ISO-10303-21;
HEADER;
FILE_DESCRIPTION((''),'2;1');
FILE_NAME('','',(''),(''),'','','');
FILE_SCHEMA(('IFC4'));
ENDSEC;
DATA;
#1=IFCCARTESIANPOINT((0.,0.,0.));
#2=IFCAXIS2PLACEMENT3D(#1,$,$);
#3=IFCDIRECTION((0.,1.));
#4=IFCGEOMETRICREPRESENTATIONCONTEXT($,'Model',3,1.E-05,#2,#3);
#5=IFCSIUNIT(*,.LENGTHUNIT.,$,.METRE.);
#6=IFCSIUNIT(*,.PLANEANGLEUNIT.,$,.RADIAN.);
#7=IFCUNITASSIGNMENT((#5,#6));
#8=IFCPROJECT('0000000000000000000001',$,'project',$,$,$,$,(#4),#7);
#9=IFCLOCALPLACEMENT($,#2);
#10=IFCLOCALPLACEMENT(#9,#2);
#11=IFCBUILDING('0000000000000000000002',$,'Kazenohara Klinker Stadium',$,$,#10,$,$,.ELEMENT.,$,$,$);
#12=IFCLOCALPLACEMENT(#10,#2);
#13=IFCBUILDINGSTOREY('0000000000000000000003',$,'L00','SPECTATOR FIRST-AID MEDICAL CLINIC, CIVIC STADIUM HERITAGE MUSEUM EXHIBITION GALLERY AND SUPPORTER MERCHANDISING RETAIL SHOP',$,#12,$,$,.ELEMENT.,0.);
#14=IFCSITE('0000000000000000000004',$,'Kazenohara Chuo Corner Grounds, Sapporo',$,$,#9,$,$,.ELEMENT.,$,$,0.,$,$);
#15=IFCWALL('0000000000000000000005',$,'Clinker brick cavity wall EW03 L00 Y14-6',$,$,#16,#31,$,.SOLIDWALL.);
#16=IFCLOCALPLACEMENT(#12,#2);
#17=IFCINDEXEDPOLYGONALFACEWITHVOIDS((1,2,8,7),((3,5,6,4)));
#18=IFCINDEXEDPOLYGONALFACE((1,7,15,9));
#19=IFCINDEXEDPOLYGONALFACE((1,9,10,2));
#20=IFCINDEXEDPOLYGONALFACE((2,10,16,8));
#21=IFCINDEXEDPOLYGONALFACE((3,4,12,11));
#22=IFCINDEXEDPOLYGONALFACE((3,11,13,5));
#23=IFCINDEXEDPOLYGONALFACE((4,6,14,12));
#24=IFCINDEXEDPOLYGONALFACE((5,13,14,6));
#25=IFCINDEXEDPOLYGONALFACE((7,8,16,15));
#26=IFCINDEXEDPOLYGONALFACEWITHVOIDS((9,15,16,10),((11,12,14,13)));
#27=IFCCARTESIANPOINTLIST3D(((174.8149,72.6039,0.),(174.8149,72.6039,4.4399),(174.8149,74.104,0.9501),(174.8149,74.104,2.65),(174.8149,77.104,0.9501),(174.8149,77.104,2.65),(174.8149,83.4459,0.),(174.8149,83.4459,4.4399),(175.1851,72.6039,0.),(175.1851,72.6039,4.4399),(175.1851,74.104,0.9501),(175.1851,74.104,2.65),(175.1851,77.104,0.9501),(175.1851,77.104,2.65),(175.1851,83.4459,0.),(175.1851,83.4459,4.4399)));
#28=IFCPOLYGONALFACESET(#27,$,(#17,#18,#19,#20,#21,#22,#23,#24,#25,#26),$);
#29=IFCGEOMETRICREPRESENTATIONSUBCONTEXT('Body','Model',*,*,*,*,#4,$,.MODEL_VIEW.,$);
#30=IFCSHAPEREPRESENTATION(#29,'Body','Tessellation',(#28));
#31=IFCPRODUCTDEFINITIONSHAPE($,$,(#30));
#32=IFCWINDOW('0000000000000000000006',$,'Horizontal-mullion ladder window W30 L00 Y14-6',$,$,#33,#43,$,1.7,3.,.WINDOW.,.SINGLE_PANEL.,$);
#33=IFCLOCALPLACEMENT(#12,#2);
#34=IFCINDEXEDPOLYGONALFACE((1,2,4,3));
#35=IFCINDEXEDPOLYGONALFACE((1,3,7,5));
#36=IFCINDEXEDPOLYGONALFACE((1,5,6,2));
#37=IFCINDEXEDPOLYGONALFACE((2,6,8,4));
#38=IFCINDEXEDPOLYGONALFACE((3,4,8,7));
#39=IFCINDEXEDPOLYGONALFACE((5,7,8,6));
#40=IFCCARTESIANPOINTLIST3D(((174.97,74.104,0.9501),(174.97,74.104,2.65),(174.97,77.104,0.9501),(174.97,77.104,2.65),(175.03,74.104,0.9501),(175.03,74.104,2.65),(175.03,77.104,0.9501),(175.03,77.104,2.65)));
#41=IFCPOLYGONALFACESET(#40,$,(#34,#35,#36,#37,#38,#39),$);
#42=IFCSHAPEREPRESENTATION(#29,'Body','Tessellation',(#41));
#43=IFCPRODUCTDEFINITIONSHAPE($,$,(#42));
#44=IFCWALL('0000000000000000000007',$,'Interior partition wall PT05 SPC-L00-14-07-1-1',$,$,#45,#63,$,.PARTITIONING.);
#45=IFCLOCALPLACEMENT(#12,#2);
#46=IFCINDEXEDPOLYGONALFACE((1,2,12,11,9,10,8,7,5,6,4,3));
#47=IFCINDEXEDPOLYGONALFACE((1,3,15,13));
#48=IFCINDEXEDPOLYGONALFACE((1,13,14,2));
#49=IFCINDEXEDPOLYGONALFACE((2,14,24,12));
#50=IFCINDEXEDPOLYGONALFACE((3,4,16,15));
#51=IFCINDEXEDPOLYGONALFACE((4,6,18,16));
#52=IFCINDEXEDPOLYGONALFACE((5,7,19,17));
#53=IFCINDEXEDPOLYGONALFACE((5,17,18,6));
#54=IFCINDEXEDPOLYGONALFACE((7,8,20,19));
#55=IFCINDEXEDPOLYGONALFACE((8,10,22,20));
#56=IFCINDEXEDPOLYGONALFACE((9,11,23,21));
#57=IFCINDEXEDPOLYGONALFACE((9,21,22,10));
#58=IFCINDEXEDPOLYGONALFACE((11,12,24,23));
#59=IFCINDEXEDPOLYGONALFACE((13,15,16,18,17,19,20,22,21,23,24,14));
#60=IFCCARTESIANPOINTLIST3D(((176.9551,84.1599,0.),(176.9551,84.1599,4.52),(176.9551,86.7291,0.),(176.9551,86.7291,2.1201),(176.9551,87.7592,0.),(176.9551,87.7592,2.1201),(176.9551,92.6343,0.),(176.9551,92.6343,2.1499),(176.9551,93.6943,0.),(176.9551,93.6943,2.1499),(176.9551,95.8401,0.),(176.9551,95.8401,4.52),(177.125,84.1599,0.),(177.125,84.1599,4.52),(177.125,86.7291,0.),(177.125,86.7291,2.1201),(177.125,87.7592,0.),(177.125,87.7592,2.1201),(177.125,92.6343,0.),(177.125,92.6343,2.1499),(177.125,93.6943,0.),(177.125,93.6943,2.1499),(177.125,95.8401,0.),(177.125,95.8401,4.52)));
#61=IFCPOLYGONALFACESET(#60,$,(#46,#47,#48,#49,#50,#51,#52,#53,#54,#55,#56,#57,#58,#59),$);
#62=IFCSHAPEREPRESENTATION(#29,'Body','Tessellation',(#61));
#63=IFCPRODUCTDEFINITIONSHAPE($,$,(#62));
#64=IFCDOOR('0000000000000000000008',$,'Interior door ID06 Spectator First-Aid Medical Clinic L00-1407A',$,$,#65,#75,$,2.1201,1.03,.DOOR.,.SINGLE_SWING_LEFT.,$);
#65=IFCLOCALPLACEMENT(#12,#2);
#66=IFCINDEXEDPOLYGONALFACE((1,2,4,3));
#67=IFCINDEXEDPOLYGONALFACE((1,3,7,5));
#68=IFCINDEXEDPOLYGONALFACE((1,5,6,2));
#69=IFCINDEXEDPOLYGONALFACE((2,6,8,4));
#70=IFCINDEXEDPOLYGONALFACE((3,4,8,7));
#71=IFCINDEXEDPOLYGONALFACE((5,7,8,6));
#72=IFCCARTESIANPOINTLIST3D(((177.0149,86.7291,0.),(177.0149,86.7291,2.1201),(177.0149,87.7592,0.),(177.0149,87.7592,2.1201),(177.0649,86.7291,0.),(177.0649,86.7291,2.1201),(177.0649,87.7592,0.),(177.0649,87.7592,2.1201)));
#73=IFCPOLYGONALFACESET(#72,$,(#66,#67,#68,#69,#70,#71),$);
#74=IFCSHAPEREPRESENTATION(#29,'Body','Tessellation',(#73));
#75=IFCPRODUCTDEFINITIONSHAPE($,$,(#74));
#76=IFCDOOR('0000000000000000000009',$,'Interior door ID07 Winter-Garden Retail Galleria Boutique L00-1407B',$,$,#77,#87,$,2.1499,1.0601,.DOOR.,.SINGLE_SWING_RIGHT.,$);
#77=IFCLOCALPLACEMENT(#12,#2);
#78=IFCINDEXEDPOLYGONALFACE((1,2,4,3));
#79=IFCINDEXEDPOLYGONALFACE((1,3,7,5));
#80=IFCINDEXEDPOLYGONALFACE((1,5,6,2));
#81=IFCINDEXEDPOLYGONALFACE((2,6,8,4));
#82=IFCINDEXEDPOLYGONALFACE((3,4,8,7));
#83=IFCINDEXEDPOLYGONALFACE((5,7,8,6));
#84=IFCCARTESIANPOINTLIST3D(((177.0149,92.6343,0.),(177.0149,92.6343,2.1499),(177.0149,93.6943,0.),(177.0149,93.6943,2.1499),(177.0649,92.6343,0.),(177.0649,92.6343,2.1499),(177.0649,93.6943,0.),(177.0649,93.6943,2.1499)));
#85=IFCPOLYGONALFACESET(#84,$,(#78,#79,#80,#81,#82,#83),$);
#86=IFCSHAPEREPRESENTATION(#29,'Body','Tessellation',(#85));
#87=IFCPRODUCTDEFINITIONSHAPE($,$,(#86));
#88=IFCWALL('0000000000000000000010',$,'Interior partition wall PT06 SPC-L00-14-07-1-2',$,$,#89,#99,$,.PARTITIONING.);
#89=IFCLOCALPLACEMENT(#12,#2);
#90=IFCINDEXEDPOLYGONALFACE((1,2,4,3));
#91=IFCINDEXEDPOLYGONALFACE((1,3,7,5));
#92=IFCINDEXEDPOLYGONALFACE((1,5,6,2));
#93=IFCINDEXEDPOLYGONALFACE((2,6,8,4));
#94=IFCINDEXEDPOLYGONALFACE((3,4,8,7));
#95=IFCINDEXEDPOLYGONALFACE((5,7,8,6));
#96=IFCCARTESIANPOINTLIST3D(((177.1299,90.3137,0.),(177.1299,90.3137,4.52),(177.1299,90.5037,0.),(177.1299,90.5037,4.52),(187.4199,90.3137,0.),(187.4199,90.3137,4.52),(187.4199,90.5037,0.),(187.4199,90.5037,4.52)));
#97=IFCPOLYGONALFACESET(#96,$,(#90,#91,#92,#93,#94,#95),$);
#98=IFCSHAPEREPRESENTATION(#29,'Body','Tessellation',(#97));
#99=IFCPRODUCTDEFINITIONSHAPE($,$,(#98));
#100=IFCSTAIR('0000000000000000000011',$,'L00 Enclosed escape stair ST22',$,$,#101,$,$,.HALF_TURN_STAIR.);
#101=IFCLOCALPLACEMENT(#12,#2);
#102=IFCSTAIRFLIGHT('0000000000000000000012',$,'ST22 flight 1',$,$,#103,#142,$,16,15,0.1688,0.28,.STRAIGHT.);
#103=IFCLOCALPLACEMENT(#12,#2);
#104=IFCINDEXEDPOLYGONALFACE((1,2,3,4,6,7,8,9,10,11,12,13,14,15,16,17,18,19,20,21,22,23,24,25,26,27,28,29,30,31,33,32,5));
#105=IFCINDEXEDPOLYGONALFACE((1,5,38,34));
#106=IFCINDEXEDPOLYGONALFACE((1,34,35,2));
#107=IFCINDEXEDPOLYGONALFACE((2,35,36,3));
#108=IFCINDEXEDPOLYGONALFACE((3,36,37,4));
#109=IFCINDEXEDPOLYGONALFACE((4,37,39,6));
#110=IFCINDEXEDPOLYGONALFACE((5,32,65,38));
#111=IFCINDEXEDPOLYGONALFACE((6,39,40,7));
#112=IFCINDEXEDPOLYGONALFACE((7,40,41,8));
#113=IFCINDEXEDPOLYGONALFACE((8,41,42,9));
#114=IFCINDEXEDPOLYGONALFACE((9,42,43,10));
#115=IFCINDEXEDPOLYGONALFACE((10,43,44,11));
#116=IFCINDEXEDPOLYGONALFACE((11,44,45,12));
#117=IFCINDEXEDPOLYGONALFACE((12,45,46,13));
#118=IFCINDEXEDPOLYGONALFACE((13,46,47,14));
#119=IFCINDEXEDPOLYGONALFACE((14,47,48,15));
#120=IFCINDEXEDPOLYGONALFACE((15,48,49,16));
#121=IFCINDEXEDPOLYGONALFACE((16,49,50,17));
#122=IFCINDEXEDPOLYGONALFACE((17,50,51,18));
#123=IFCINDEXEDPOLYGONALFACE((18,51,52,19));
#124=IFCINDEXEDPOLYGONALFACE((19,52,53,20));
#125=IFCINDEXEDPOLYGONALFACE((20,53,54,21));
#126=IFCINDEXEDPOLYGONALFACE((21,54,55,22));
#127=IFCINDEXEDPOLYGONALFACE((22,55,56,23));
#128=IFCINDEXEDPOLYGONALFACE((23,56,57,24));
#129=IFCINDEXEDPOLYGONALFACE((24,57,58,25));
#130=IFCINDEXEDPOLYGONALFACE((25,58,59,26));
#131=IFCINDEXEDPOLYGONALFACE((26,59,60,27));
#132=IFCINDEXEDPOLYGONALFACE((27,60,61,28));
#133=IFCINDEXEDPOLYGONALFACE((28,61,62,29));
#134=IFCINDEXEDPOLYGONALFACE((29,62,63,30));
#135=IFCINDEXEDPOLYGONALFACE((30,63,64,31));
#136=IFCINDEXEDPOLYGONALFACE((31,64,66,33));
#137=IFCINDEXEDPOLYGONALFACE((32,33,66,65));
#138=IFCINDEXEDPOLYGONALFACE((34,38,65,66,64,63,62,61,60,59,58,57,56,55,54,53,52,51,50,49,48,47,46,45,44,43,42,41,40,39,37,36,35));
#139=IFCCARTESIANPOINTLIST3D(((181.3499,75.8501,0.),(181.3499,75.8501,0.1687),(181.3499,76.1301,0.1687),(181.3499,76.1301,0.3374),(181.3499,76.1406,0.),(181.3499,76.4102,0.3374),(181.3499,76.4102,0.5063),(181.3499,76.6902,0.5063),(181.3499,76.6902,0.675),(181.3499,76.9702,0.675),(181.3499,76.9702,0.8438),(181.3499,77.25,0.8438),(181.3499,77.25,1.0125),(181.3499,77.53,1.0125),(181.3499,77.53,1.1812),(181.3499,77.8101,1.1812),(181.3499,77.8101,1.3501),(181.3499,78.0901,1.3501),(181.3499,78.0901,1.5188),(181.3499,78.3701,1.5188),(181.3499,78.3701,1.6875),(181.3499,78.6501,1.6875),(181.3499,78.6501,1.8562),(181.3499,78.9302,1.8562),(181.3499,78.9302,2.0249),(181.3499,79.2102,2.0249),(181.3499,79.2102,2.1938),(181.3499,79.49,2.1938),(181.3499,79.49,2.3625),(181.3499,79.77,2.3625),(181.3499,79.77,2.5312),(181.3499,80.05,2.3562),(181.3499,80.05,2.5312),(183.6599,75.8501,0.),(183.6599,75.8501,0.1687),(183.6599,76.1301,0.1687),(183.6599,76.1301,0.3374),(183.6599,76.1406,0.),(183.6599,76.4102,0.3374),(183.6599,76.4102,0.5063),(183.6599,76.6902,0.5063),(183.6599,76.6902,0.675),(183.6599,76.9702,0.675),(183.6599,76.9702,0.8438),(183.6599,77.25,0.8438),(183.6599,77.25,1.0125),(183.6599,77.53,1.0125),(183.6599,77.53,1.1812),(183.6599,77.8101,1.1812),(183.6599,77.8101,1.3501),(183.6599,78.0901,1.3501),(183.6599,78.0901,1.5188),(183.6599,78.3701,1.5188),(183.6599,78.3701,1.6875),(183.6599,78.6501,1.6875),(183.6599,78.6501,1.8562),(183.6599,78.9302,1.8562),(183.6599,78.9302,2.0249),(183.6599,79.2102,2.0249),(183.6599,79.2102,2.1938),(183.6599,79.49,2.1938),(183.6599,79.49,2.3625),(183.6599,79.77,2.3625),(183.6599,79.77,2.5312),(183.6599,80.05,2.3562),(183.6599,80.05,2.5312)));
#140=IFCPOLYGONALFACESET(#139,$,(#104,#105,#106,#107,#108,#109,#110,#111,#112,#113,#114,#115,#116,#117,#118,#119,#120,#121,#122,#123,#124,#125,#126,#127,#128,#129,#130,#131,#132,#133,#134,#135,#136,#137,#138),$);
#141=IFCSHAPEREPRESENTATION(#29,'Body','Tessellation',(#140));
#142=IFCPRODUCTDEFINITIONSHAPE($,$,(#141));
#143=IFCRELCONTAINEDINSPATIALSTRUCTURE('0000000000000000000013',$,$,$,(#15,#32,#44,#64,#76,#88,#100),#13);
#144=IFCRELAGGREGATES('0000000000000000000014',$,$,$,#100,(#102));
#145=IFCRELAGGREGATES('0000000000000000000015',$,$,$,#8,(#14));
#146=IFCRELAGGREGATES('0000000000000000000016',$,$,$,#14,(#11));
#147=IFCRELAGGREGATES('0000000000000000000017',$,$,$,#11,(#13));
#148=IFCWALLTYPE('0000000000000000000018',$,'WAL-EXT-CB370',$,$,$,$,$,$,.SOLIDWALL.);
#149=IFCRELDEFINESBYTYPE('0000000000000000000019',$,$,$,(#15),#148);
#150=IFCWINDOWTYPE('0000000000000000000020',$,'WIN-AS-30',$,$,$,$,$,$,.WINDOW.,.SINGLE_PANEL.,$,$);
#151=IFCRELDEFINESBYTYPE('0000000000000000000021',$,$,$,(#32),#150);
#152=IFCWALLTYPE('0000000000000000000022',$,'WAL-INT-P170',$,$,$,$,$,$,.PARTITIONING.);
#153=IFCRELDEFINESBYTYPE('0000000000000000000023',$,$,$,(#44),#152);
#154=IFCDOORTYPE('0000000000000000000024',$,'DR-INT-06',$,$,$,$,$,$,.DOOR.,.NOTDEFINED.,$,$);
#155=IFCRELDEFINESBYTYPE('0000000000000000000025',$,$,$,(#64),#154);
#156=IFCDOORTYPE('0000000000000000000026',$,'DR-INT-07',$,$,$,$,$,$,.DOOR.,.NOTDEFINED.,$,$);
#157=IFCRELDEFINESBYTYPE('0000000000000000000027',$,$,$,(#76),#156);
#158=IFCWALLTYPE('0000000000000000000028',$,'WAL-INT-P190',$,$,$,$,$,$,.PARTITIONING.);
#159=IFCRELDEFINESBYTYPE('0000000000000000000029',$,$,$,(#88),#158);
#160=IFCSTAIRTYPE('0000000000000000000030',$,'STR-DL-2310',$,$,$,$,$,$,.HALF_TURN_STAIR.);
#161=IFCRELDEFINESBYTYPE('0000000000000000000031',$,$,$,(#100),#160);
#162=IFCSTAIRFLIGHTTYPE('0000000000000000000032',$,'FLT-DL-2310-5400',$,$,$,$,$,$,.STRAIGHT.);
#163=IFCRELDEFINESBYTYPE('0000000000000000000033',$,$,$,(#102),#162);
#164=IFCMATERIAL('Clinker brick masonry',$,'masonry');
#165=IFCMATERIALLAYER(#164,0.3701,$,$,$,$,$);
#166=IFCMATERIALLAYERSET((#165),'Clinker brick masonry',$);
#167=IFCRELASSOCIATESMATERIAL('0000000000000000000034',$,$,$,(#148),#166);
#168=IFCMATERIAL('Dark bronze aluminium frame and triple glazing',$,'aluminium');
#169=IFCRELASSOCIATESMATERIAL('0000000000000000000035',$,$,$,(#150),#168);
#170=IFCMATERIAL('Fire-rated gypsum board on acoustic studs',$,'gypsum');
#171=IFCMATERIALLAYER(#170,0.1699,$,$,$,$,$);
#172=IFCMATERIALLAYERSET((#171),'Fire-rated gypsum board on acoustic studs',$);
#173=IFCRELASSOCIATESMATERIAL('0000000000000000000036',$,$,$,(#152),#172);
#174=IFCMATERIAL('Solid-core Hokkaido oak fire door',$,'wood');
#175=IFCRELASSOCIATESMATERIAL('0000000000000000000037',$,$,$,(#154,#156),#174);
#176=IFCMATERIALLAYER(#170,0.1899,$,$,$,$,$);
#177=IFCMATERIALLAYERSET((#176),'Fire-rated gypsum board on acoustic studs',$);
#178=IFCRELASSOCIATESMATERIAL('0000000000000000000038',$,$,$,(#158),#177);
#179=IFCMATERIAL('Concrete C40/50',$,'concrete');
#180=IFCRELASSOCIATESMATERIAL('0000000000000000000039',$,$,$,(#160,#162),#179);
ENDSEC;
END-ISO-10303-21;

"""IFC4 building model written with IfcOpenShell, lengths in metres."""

from ifc_helpers import new_model, si_unit, direction, frame, frame_2d, origin, place, context, subcontext, project, spatial, polyline, rectangle, outline, extrude, material, layer, layer_set, type_object, element, fill, aggregate, save


model = new_model("IFC4")

# Units and contexts
model_context = context("Model", 3, precision=1e-05, world=origin(), true_north=direction((0.0, 1.0)))
body_context = subcontext(model_context, "Body", "Model", "MODEL_VIEW")
ifc_project = project(units=[si_unit("LENGTHUNIT", "METRE"), si_unit("PLANEANGLEUNIT", "RADIAN")], contexts=[model_context])

# Site, building, storey
site_placement = place(None, origin())
site = spatial("IfcSite", under=ifc_project, at=site_placement, Name="Kazenohara Chuo Corner Grounds, Sapporo", CompositionType="ELEMENT", RefElevation=0.0)
building_placement = place(site_placement, origin())
building = spatial("IfcBuilding", under=site, at=building_placement, Name="Kazenohara Klinker Stadium", CompositionType="ELEMENT")
storey_placement = place(building_placement, origin())
storey = spatial("IfcBuildingStorey", under=building, at=storey_placement, Name="L00", Description="SPECTATOR FIRST-AID MEDICAL CLINIC, CIVIC STADIUM HERITAGE MUSEUM EXHIBITION GALLERY AND SUPPORTER MERCHANDISING RETAIL SHOP", CompositionType="ELEMENT", Elevation=0.0)

# Shared definitions
ifc_material_1 = material(Name="Concrete C40/50", Category="concrete")

# Wall, opening, window
ifc_material_2 = material(Name="Clinker brick masonry", Category="masonry")
ifc_material_3 = material(Name="Dark bronze aluminium frame and triple glazing", Category="aluminium")
ifc_layer_1 = layer(ifc_material_2, 0.3701)
ifc_layer_set_1 = layer_set([ifc_layer_1], Name="Clinker brick masonry")
wall_type_1 = type_object("IfcWallType", Name="WAL-EXT-CB370", PredefinedType="SOLIDWALL", material=ifc_layer_set_1)
wall_1_placement = place(storey_placement, frame((175.0, 72.604, 0.0), z_axis=(0.0, 0.0, 1.0), x_axis=(0.0, 1.0, 0.0)))
wall_1 = element("IfcWall", 1, at=wall_1_placement, inside=storey, type_object=wall_type_1, Name="Clinker brick cavity wall EW03 L00 Y14-6", PredefinedType="SOLIDWALL", context=body_context, shape_type="SweptSolid", body=[
    extrude(rectangle(XDim=10.842, YDim=0.3701, at=frame_2d((5.4209, 0.0))), origin(), (0.0, 0.0, 1.0), 4.4399),
])
opening_1_placement = place(wall_1_placement, frame((1.5, 0.0, 0.95)))
opening_1 = element("IfcOpeningElement", 2, at=opening_1_placement, cuts=wall_1, PredefinedType="OPENING", context=body_context, shape_type="SweptSolid", body=[
    extrude(rectangle(XDim=3.0, YDim=1.7, at=frame_2d((1.5, 0.8501))), frame((0.0, 0.1951, 0.0), z_axis=(0.0, -1.0, 0.0), x_axis=(1.0, 0.0, 0.0)), (0.0, 0.0, 1.0), 0.3901),
])
window_type_1 = type_object("IfcWindowType", Name="WIN-AS-30", PartitioningType="SINGLE_PANEL", PredefinedType="WINDOW", material=ifc_material_3)
window_1_placement = place(opening_1_placement, origin())
window_1 = element("IfcWindow", 3, at=window_1_placement, inside=storey, type_object=window_type_1, Name="Horizontal-mullion ladder window W30 L00 Y14-6", OverallHeight=1.7, OverallWidth=3.0, PartitioningType="SINGLE_PANEL", PredefinedType="WINDOW", context=body_context, shape_type="SweptSolid", body=[
    extrude(rectangle(XDim=3.0, YDim=1.7, at=frame_2d((1.5, 0.8501))), frame((0.0, 0.03, 0.0), z_axis=(0.0, -1.0, 0.0), x_axis=(1.0, 0.0, 0.0)), (0.0, 0.0, 1.0), 0.0601),
])
fill(opening_1, window_1)

# Wall, openings, doors
ifc_material_4 = material(Name="Fire-rated gypsum board on acoustic studs", Category="gypsum")
ifc_layer_2 = layer(ifc_material_4, 0.1699)
ifc_layer_set_2 = layer_set([ifc_layer_2], Name="Fire-rated gypsum board on acoustic studs")
wall_type_2 = type_object("IfcWallType", Name="WAL-INT-P170", PredefinedType="PARTITIONING", material=ifc_layer_set_2)
wall_2_placement = place(storey_placement, frame((177.04, 84.1599, 0.0), z_axis=(0.0, 0.0, 1.0), x_axis=(0.0, 1.0, 0.0)))
wall_2 = element("IfcWall", 4, at=wall_2_placement, inside=storey, type_object=wall_type_2, Name="Interior partition wall PT05 SPC-L00-14-07-1-1", PredefinedType="PARTITIONING", context=body_context, shape_type="SweptSolid", body=[
    extrude(rectangle(XDim=11.6802, YDim=0.1699, at=frame_2d((5.8401, 0.0))), origin(), (0.0, 0.0, 1.0), 4.52),
])
opening_2_placement = place(wall_2_placement, frame((3.5994, 0.0, 0.0), z_axis=(0.0, 0.0, 1.0), x_axis=(-1.0, 0.0, 0.0)))
opening_2 = element("IfcOpeningElement", 5, at=opening_2_placement, cuts=wall_2, PredefinedType="OPENING", context=body_context, shape_type="SweptSolid", body=[
    extrude(rectangle(XDim=1.03, YDim=2.1201, at=frame_2d((0.5151, 1.0601))), frame((0.0, 0.095, 0.0), z_axis=(0.0, -1.0, 0.0), x_axis=(1.0, 0.0, 0.0)), (0.0, 0.0, 1.0), 0.1899),
])
opening_3_placement = place(wall_2_placement, frame((9.5344, 0.0, 0.0), z_axis=(0.0, 0.0, 1.0), x_axis=(-1.0, 0.0, 0.0)))
opening_3 = element("IfcOpeningElement", 6, at=opening_3_placement, cuts=wall_2, PredefinedType="OPENING", context=body_context, shape_type="SweptSolid", body=[
    extrude(rectangle(XDim=1.0601, YDim=2.1499, at=frame_2d((0.53, 1.075))), frame((0.0, 0.095, 0.0), z_axis=(0.0, -1.0, 0.0), x_axis=(1.0, 0.0, 0.0)), (0.0, 0.0, 1.0), 0.1899),
])
ifc_material_5 = material(Name="Solid-core Hokkaido oak fire door", Category="wood")
door_type_1 = type_object("IfcDoorType", Name="DR-INT-06", OperationType="NOTDEFINED", PredefinedType="DOOR", material=ifc_material_5)
door_1_placement = place(opening_2_placement, origin())
door_1 = element("IfcDoor", 7, at=door_1_placement, inside=storey, type_object=door_type_1, Name="Interior door ID06 Spectator First-Aid Medical Clinic L00-1407A", OperationType="SINGLE_SWING_LEFT", OverallHeight=2.1201, OverallWidth=1.03, PredefinedType="DOOR", context=body_context, shape_type="SweptSolid", body=[
    extrude(rectangle(XDim=1.03, YDim=2.1201, at=frame_2d((0.5151, 1.0601))), frame((0.0, 0.0249, 0.0), z_axis=(0.0, -1.0, 0.0), x_axis=(1.0, 0.0, 0.0)), (0.0, 0.0, 1.0), 0.05),
])
fill(opening_2, door_1)
door_type_2 = type_object("IfcDoorType", Name="DR-INT-07", OperationType="NOTDEFINED", PredefinedType="DOOR", material=ifc_material_5)
door_2_placement = place(opening_3_placement, origin())
door_2 = element("IfcDoor", 8, at=door_2_placement, inside=storey, type_object=door_type_2, Name="Interior door ID07 Winter-Garden Retail Galleria Boutique L00-1407B", OperationType="SINGLE_SWING_RIGHT", OverallHeight=2.1499, OverallWidth=1.0601, PredefinedType="DOOR", context=body_context, shape_type="SweptSolid", body=[
    extrude(rectangle(XDim=1.0601, YDim=2.1499, at=frame_2d((0.53, 1.075))), frame((0.0, 0.0249, 0.0), z_axis=(0.0, -1.0, 0.0), x_axis=(1.0, 0.0, 0.0)), (0.0, 0.0, 1.0), 0.05),
])
fill(opening_3, door_2)

# Wall
ifc_layer_3 = layer(ifc_material_4, 0.1899)
ifc_layer_set_3 = layer_set([ifc_layer_3], Name="Fire-rated gypsum board on acoustic studs")
wall_type_3 = type_object("IfcWallType", Name="WAL-INT-P190", PredefinedType="PARTITIONING", material=ifc_layer_set_3)
wall_3_placement = place(storey_placement, frame((177.1299, 90.4087, 0.0), z_axis=(0.0, 0.0, 1.0), x_axis=(1.0, 0.0, 0.0)))
element("IfcWall", 9, at=wall_3_placement, inside=storey, type_object=wall_type_3, Name="Interior partition wall PT06 SPC-L00-14-07-1-2", PredefinedType="PARTITIONING", context=body_context, shape_type="SweptSolid", body=[
    extrude(rectangle(XDim=10.29, YDim=0.1899, at=frame_2d((5.145, 0.0))), origin(), (0.0, 0.0, 1.0), 4.52),
])

# Stair, stair flight
stair_type = type_object("IfcStairType", Name="STR-DL-2310", PredefinedType="HALF_TURN_STAIR", material=ifc_material_1)
stair_placement = place(storey_placement, origin())
stair = element("IfcStair", 10, at=stair_placement, inside=storey, type_object=stair_type, Name="L00 Enclosed escape stair ST22", PredefinedType="HALF_TURN_STAIR")
stair_flight_type = type_object("IfcStairFlightType", Name="FLT-DL-2310-5400", PredefinedType="STRAIGHT", material=ifc_material_1)
stair_flight_1_placement = place(storey_placement, frame((182.5049, 75.8501, 0.0), z_axis=(0.0, 0.0, 1.0), x_axis=(0.0, 1.0, 0.0)))
stair_flight_1 = element("IfcStairFlight", 11, at=stair_flight_1_placement, type_object=stair_flight_type, Name="ST22 flight 1", NumberOfRisers=16, NumberOfTreads=15, PredefinedType="STRAIGHT", RiserHeight=0.1688, TreadLength=0.28, context=body_context, shape_type="SweptSolid", body=[
    extrude(outline(polyline([(0.0, 0.0), (0.0, 0.1687), (0.28, 0.1687), (0.28, 0.3374), (0.5601, 0.3374), (0.5601, 0.5063), (0.8401, 0.5063), (0.8401, 0.675), (1.1201, 0.675), (1.1201, 0.8438), (1.3999, 0.8438), (1.3999, 1.0125), (1.6799, 1.0125), (1.6799, 1.1812), (1.96, 1.1812), (1.96, 1.3501), (2.24, 1.3501), (2.24, 1.5188), (2.52, 1.5188), (2.52, 1.6875), (2.8, 1.6875), (2.8, 1.8562), (3.0801, 1.8562), (3.0801, 2.0249), (3.3601, 2.0249), (3.3601, 2.1938), (3.6399, 2.1938), (3.6399, 2.3625), (3.9199, 2.3625), (3.9199, 2.5312), (4.2, 2.5312), (4.2, 2.7), (4.2, 2.3562), (0.2905, 0.0), (0.0, 0.0)])), frame((0.0, 1.155, 0.0), z_axis=(0.0, -1.0, 0.0), x_axis=(1.0, 0.0, 0.0)), (0.0, 0.0, 1.0), 2.3101),
])
aggregate(stair, [stair_flight_1])

save(model, "model.ifc")
